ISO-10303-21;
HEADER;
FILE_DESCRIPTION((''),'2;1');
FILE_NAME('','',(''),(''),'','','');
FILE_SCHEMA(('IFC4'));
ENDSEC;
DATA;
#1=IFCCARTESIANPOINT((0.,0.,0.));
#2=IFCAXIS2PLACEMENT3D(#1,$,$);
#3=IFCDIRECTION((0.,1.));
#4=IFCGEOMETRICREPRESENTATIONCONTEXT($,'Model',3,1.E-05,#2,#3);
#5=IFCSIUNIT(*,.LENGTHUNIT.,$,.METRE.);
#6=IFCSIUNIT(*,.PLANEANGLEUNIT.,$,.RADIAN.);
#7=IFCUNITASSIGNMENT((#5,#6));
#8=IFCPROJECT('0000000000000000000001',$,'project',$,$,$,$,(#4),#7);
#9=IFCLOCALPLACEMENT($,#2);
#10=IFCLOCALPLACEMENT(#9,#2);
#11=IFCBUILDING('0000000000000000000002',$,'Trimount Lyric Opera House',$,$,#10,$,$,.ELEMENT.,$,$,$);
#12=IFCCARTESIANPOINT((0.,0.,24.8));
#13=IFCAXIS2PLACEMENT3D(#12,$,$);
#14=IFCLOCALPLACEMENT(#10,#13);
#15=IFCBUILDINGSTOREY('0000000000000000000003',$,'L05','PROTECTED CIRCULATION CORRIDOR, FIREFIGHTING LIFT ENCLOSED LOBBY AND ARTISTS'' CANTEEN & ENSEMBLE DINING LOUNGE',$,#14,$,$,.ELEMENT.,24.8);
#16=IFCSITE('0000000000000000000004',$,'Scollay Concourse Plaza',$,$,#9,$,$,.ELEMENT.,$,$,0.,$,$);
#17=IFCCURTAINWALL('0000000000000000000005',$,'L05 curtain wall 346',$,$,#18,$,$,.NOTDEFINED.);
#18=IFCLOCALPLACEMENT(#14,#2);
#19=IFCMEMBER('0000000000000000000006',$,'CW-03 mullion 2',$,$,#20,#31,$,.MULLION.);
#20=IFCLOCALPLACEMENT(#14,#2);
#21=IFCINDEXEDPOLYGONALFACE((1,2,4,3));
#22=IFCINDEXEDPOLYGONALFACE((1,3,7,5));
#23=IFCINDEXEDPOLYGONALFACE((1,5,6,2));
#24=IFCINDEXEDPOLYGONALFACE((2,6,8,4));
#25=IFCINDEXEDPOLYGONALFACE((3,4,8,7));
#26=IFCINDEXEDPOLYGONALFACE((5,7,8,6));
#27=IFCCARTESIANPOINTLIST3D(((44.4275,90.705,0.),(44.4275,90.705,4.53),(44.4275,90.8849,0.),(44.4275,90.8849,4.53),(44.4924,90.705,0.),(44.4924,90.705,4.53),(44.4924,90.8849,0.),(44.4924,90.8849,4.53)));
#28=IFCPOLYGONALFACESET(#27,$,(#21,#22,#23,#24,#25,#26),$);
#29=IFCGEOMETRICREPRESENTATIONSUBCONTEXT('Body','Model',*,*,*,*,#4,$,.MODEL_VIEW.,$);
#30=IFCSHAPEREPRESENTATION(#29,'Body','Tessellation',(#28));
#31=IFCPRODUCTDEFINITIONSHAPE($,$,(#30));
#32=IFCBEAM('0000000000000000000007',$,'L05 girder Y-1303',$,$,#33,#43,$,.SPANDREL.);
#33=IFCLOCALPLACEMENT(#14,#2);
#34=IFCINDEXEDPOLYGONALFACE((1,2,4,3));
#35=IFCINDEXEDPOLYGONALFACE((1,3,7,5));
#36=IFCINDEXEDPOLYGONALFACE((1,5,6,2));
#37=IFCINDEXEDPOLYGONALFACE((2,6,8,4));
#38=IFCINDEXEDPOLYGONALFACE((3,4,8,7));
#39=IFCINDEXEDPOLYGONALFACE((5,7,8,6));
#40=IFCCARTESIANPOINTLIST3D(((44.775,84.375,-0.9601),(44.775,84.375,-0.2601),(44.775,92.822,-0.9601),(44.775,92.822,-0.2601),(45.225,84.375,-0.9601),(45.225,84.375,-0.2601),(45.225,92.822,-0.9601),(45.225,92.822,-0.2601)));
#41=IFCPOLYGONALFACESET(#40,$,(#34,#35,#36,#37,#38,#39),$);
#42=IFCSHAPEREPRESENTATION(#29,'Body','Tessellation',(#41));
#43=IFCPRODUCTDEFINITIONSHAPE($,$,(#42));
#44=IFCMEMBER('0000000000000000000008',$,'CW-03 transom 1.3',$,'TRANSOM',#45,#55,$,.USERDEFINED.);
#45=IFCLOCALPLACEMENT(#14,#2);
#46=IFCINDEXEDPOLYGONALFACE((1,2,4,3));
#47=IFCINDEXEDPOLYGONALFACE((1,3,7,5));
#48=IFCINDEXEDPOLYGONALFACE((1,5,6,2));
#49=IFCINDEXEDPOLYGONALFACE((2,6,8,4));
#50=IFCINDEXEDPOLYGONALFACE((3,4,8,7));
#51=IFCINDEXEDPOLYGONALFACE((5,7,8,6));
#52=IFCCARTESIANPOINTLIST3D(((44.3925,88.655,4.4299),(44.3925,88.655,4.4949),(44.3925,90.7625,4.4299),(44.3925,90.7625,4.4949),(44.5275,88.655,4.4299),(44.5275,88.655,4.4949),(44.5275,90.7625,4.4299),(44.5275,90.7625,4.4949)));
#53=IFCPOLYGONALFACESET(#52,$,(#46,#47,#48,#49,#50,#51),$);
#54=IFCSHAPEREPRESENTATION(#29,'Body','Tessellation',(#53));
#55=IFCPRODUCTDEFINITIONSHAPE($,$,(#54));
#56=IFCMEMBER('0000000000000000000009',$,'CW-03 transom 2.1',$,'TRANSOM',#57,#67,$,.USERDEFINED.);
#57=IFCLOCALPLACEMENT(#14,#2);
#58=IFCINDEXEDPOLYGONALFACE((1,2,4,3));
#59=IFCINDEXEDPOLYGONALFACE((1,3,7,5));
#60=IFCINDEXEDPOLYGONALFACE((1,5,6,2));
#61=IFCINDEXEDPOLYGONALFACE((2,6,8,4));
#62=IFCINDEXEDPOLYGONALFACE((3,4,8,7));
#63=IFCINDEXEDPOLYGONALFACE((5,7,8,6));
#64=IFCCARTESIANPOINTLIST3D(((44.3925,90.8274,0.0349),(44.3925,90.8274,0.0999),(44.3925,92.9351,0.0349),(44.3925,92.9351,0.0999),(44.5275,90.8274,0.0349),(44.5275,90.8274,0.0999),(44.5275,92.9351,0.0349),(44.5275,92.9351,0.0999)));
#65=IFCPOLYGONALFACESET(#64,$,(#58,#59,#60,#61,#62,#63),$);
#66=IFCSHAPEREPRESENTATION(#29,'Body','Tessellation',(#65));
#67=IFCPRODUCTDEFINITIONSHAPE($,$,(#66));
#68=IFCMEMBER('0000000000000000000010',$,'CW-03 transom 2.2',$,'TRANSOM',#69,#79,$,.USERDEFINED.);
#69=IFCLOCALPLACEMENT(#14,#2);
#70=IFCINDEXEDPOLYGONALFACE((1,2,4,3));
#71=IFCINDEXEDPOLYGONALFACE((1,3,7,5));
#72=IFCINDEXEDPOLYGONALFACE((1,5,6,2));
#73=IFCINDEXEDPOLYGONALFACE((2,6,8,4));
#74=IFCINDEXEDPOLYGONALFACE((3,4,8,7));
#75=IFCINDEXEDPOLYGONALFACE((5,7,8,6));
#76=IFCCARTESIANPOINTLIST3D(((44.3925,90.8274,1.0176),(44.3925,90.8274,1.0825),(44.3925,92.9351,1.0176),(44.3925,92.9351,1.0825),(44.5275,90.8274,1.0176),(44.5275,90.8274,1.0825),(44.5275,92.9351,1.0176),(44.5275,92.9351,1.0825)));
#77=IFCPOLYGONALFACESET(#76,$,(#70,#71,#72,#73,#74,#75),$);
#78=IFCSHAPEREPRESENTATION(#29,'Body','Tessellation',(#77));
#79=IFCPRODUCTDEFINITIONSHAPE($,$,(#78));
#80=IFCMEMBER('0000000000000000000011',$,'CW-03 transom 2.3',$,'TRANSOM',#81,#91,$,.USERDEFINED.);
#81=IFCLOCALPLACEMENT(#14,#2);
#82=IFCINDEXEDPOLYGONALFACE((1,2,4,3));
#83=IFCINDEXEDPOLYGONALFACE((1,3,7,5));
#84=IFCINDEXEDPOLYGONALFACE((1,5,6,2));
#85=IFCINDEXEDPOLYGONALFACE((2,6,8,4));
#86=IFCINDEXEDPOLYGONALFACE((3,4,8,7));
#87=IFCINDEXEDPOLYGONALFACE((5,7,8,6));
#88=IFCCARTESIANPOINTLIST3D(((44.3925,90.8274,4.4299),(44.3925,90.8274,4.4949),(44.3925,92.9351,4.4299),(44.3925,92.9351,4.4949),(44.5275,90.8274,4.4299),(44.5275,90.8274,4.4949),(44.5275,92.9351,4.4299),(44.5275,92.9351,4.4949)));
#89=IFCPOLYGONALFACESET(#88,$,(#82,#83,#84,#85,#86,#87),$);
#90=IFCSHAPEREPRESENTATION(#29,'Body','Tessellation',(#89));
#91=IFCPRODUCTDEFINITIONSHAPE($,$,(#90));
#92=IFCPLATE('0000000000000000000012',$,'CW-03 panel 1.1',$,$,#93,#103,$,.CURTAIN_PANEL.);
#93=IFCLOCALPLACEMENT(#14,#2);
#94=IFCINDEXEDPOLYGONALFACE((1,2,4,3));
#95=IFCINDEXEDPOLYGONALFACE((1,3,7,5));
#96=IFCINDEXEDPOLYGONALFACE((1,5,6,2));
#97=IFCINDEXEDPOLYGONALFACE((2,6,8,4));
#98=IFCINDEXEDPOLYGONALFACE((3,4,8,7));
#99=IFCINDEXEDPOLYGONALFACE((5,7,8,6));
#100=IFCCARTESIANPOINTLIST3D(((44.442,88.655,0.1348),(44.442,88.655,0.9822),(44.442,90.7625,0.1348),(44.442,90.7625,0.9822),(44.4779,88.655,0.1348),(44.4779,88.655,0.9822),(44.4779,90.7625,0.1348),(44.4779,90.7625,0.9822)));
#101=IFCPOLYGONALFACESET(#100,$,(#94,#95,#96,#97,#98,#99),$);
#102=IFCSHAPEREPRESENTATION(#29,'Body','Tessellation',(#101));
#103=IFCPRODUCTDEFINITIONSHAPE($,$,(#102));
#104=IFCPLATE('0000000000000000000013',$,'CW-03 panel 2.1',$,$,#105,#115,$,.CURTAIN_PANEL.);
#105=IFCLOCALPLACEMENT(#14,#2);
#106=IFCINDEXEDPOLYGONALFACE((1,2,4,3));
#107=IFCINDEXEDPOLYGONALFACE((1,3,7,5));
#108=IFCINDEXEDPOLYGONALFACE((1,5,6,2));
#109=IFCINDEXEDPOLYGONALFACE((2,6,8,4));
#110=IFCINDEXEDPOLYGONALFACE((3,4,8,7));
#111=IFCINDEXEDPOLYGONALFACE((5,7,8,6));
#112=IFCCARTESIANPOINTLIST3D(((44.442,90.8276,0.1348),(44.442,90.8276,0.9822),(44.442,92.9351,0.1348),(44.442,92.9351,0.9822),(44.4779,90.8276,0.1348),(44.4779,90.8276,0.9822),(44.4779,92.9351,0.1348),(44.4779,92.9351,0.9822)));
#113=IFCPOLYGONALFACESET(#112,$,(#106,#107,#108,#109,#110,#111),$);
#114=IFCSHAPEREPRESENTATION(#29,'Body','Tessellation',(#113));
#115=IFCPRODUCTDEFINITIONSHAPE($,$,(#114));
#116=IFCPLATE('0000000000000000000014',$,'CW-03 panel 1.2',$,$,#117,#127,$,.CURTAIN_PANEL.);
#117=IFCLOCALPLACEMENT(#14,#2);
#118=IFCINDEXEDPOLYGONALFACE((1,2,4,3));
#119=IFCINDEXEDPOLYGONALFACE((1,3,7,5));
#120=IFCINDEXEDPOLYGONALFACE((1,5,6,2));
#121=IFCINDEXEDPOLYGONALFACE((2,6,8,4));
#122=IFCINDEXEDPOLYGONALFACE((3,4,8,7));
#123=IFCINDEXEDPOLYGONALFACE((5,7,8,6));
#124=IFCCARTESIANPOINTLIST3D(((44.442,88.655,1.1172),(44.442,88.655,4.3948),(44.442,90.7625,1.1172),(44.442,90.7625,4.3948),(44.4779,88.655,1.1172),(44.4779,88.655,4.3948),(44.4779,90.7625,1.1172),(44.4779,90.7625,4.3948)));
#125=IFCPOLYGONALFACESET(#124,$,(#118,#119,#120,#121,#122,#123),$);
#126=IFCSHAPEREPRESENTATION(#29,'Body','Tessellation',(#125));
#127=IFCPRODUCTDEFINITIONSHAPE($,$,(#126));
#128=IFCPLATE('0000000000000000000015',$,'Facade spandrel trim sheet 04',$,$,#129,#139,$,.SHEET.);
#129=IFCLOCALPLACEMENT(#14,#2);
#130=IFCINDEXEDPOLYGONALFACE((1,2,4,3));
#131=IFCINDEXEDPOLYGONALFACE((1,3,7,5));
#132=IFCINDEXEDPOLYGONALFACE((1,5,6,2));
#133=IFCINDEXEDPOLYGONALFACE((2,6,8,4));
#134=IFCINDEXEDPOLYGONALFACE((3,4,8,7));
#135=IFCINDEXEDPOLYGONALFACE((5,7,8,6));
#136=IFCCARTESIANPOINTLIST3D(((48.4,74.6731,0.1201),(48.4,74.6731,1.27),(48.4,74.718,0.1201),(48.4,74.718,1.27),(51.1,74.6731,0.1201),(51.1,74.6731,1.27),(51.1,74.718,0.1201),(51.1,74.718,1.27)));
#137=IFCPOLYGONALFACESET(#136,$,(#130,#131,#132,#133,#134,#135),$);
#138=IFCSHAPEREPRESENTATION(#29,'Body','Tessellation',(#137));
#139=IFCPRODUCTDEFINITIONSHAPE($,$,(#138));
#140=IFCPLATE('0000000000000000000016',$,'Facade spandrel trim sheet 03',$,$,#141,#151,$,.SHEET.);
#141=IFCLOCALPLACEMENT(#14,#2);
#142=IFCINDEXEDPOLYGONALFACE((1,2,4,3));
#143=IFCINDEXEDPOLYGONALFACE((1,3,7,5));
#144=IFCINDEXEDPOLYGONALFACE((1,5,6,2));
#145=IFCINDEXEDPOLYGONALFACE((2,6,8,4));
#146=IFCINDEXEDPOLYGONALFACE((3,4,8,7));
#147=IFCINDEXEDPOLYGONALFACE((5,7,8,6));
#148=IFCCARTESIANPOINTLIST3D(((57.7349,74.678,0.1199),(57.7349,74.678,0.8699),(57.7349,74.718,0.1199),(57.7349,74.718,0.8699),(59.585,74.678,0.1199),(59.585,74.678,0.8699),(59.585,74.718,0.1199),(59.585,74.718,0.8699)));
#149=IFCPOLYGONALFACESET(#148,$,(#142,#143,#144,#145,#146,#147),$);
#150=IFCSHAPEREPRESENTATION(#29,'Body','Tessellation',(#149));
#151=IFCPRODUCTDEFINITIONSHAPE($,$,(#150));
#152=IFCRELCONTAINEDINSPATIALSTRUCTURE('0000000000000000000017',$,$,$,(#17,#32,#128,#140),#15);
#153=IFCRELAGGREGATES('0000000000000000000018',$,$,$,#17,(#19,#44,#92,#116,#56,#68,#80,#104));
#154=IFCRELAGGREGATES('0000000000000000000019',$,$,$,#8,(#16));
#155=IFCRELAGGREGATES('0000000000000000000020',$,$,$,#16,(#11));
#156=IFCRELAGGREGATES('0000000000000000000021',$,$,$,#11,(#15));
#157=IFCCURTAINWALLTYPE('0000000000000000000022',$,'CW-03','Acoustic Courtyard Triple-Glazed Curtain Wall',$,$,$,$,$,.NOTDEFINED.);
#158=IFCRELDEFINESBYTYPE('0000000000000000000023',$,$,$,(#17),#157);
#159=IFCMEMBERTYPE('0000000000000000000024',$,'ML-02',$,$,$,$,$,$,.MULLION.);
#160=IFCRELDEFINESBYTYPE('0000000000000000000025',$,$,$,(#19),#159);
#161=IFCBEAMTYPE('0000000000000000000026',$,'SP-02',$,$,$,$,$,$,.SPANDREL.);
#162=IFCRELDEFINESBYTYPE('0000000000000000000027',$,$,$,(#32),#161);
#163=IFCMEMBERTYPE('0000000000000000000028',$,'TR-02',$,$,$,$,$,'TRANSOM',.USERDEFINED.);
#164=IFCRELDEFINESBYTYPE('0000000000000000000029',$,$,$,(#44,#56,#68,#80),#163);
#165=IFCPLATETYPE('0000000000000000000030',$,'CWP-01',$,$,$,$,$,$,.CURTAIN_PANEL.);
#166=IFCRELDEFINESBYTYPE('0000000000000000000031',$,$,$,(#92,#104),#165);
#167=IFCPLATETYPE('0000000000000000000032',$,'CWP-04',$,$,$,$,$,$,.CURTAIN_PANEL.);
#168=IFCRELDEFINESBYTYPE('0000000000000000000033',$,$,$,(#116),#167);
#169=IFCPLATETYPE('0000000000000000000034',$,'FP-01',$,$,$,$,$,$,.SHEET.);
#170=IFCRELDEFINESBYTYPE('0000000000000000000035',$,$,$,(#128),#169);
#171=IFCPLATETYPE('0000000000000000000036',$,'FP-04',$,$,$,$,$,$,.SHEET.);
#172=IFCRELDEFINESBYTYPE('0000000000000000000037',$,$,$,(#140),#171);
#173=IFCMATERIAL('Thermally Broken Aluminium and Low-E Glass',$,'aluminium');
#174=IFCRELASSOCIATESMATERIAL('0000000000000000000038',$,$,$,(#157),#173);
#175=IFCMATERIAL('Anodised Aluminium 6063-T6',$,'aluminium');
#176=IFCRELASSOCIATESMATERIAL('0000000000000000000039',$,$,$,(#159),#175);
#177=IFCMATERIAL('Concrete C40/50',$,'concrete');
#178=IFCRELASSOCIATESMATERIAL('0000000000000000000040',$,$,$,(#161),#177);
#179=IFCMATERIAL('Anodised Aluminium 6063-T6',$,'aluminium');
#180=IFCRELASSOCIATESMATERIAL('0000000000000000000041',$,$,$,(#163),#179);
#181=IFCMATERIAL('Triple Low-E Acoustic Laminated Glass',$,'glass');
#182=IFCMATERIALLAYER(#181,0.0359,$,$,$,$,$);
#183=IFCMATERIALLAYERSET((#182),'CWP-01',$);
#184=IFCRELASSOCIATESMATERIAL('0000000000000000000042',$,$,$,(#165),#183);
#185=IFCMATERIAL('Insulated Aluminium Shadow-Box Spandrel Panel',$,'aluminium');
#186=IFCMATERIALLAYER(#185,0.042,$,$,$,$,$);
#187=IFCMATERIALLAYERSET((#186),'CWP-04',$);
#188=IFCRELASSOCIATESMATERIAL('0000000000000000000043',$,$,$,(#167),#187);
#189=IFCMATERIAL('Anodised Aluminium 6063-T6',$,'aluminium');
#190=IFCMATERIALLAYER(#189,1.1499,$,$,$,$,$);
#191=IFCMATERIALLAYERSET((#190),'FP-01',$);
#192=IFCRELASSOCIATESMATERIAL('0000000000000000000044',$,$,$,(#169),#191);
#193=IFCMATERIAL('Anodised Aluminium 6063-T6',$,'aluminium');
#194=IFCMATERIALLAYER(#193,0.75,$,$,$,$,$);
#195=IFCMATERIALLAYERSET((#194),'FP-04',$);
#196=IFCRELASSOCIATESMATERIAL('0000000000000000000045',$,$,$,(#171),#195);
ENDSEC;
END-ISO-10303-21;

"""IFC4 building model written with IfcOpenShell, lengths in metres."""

from ifc_helpers import new_model, si_unit, direction, frame, origin, origin_2d, place, context, subcontext, project, spatial, rectangle, extrude, material, layer, layer_set, material_profile, profile_set, type_object, element, aggregate, save


model = new_model("IFC4")

# Units and contexts
model_context = context("Model", 3, precision=1e-05, world=origin(), true_north=direction((0.0, 1.0)))
body_context = subcontext(model_context, "Body", "Model", "MODEL_VIEW")
ifc_project = project(units=[si_unit("LENGTHUNIT", "METRE"), si_unit("PLANEANGLEUNIT", "RADIAN")], contexts=[model_context])

# Site, building, storey
site_placement = place(None, origin())
site = spatial("IfcSite", under=ifc_project, at=site_placement, Name="Scollay Concourse Plaza", CompositionType="ELEMENT", RefElevation=0.0)
building_placement = place(site_placement, origin())
building = spatial("IfcBuilding", under=site, at=building_placement, Name="Trimount Lyric Opera House", CompositionType="ELEMENT")
storey_placement = place(building_placement, frame((0.0, 0.0, 24.8)))
storey = spatial("IfcBuildingStorey", under=building, at=storey_placement, Name="L05", Description="PROTECTED CIRCULATION CORRIDOR, FIREFIGHTING LIFT ENCLOSED LOBBY AND ARTISTS' CANTEEN & ENSEMBLE DINING LOUNGE", CompositionType="ELEMENT", Elevation=24.8)

# Curtain wall, member
ifc_material_1 = material(Name="Thermally Broken Aluminium and Low-E Glass", Category="aluminium")
curtain_wall_type = type_object("IfcCurtainWallType", Name="CW-03", Description="Acoustic Courtyard Triple-Glazed Curtain Wall", PredefinedType="NOTDEFINED", material=ifc_material_1)
curtain_wall_placement = place(storey_placement, origin())
curtain_wall = element("IfcCurtainWall", 1, at=curtain_wall_placement, inside=storey, type_object=curtain_wall_type, Name="L05 curtain wall 346", PredefinedType="NOTDEFINED")
ifc_material_2 = material(Name="Anodised Aluminium 6063-T6", Category="aluminium")
ifc_material_profile_1 = material_profile(ifc_material_2, rectangle(XDim=0.0649, YDim=0.1799, at=origin_2d()), Name="ALU-MULL-65X180")
ifc_profile_set_1 = profile_set([ifc_material_profile_1], Name="Anodised Aluminium 6063-T6")
member_type_1 = type_object("IfcMemberType", Name="ML-02", PredefinedType="MULLION", material=ifc_profile_set_1)
member_1_placement = place(storey_placement, frame((44.46, 90.7949, 0.0), z_axis=(0.0, 0.0, 1.0), x_axis=(-1.0, 0.0, 0.0)))
member_1 = element("IfcMember", 2, at=member_1_placement, type_object=member_type_1, Name="CW-03 mullion 2", PredefinedType="MULLION", context=body_context, shape_type="SweptSolid", body=[
    extrude(rectangle(XDim=0.0649, YDim=0.1799, at=origin_2d()), origin(), (0.0, 0.0, 1.0), 4.53),
])

# Beam
ifc_material_3 = material(Name="Concrete C40/50", Category="concrete")
ifc_material_profile_2 = material_profile(ifc_material_3, rectangle(XDim=0.45, YDim=0.7, at=origin_2d()), Name="RC450X700")
ifc_profile_set_2 = profile_set([ifc_material_profile_2], Name="Concrete C40/50")
beam_type_1 = type_object("IfcBeamType", Name="SP-02", PredefinedType="SPANDREL", material=ifc_profile_set_2)
beam_1_placement = place(storey_placement, frame((45.0, 84.375, -0.6101), z_axis=(0.0, 1.0, 0.0), x_axis=(-1.0, 0.0, 0.0)))
element("IfcBeam", 3, at=beam_1_placement, inside=storey, type_object=beam_type_1, Name="L05 girder Y-1303", PredefinedType="SPANDREL", context=body_context, shape_type="SweptSolid", body=[
    extrude(rectangle(XDim=0.45, YDim=0.7, at=origin_2d()), origin(), (0.0, 0.0, 1.0), 8.447),
])

# Members
ifc_material_4 = material(Name="Anodised Aluminium 6063-T6", Category="aluminium")
ifc_material_profile_3 = material_profile(ifc_material_4, rectangle(XDim=0.135, YDim=0.0649, at=origin_2d()), Name="ALU-TRAN-65X135")
ifc_profile_set_3 = profile_set([ifc_material_profile_3], Name="Anodised Aluminium 6063-T6")
member_type_2 = type_object("IfcMemberType", Name="TR-02", ElementType="TRANSOM", PredefinedType="USERDEFINED", material=ifc_profile_set_3)
member_2_placement = place(storey_placement, frame((44.46, 88.655, 4.4624), z_axis=(0.0, 1.0, 0.0), x_axis=(-1.0, 0.0, 0.0)))
member_2 = element("IfcMember", 4, at=member_2_placement, type_object=member_type_2, Name="CW-03 transom 1.3", ObjectType="TRANSOM", PredefinedType="USERDEFINED", context=body_context, shape_type="SweptSolid", body=[
    extrude(rectangle(XDim=0.135, YDim=0.0649, at=origin_2d()), origin(), (0.0, 0.0, 1.0), 2.1074),
])
member_3_placement = place(storey_placement, frame((44.46, 90.8274, 0.0674), z_axis=(0.0, 1.0, 0.0), x_axis=(-1.0, 0.0, 0.0)))
member_3 = element("IfcMember", 5, at=member_3_placement, type_object=member_type_2, Name="CW-03 transom 2.1", ObjectType="TRANSOM", PredefinedType="USERDEFINED", context=body_context, shape_type="SweptSolid", body=[
    extrude(rectangle(XDim=0.135, YDim=0.0649, at=origin_2d()), origin(), (0.0, 0.0, 1.0), 2.1077),
])
member_4_placement = place(storey_placement, frame((44.46, 90.8274, 1.05), z_axis=(0.0, 1.0, 0.0), x_axis=(-1.0, 0.0, 0.0)))
member_4 = element("IfcMember", 6, at=member_4_placement, type_object=member_type_2, Name="CW-03 transom 2.2", ObjectType="TRANSOM", PredefinedType="USERDEFINED", context=body_context, shape_type="SweptSolid", body=[
    extrude(rectangle(XDim=0.135, YDim=0.0649, at=origin_2d()), origin(), (0.0, 0.0, 1.0), 2.1077),
])
member_5_placement = place(storey_placement, frame((44.46, 90.8274, 4.4624), z_axis=(0.0, 1.0, 0.0), x_axis=(-1.0, 0.0, 0.0)))
member_5 = element("IfcMember", 7, at=member_5_placement, type_object=member_type_2, Name="CW-03 transom 2.3", ObjectType="TRANSOM", PredefinedType="USERDEFINED", context=body_context, shape_type="SweptSolid", body=[
    extrude(rectangle(XDim=0.135, YDim=0.0649, at=origin_2d()), origin(), (0.0, 0.0, 1.0), 2.1077),
])

# Plates
ifc_material_5 = material(Name="Triple Low-E Acoustic Laminated Glass", Category="glass")
ifc_layer_1 = layer(ifc_material_5, 0.0359)
ifc_layer_set_1 = layer_set([ifc_layer_1], Name="CWP-01")
plate_type_1 = type_object("IfcPlateType", Name="CWP-01", PredefinedType="CURTAIN_PANEL", material=ifc_layer_set_1)
plate_1_placement = place(storey_placement, frame((44.46, 89.7087, 0.1348), z_axis=(0.0, 0.0, 1.0), x_axis=(0.0, 1.0, 0.0)))
plate_1 = element("IfcPlate", 8, at=plate_1_placement, type_object=plate_type_1, Name="CW-03 panel 1.1", PredefinedType="CURTAIN_PANEL", context=body_context, shape_type="SweptSolid", body=[
    extrude(rectangle(XDim=2.1074, YDim=0.0359, at=origin_2d()), origin(), (0.0, 0.0, 1.0), 0.8474),
])
plate_2_placement = place(storey_placement, frame((44.46, 91.8813, 0.1348), z_axis=(0.0, 0.0, 1.0), x_axis=(0.0, 1.0, 0.0)))
plate_2 = element("IfcPlate", 9, at=plate_2_placement, type_object=plate_type_1, Name="CW-03 panel 2.1", PredefinedType="CURTAIN_PANEL", context=body_context, shape_type="SweptSolid", body=[
    extrude(rectangle(XDim=2.1074, YDim=0.0359, at=origin_2d()), origin(), (0.0, 0.0, 1.0), 0.8474),
])
ifc_material_6 = material(Name="Insulated Aluminium Shadow-Box Spandrel Panel", Category="aluminium")
ifc_layer_2 = layer(ifc_material_6, 0.042)
ifc_layer_set_2 = layer_set([ifc_layer_2], Name="CWP-04")
plate_type_2 = type_object("IfcPlateType", Name="CWP-04", PredefinedType="CURTAIN_PANEL", material=ifc_layer_set_2)
plate_3_placement = place(storey_placement, frame((44.46, 89.7087, 1.1172), z_axis=(0.0, 0.0, 1.0), x_axis=(0.0, 1.0, 0.0)))
plate_3 = element("IfcPlate", 10, at=plate_3_placement, type_object=plate_type_2, Name="CW-03 panel 1.2", PredefinedType="CURTAIN_PANEL", context=body_context, shape_type="SweptSolid", body=[
    extrude(rectangle(XDim=2.1074, YDim=0.0359, at=origin_2d()), origin(), (0.0, 0.0, 1.0), 3.2776),
])
aggregate(curtain_wall, [member_1, member_2, plate_1, plate_3, member_3, member_4, member_5, plate_2])

# Plates
ifc_material_7 = material(Name="Anodised Aluminium 6063-T6", Category="aluminium")
ifc_layer_3 = layer(ifc_material_7, 1.1499)
ifc_layer_set_3 = layer_set([ifc_layer_3], Name="FP-01")
plate_type_3 = type_object("IfcPlateType", Name="FP-01", PredefinedType="SHEET", material=ifc_layer_set_3)
plate_4_placement = place(storey_placement, frame((49.75, 74.6956, 0.1201), z_axis=(0.0, 0.0, 1.0), x_axis=(1.0, 0.0, 0.0)))
element("IfcPlate", 11, at=plate_4_placement, inside=storey, type_object=plate_type_3, Name="Facade spandrel trim sheet 04", PredefinedType="SHEET", context=body_context, shape_type="SweptSolid", body=[
    extrude(rectangle(XDim=2.7, YDim=0.0449, at=origin_2d()), origin(), (0.0, 0.0, 1.0), 1.1499),
])
ifc_material_8 = material(Name="Anodised Aluminium 6063-T6", Category="aluminium")
ifc_layer_4 = layer(ifc_material_8, 0.75)
ifc_layer_set_4 = layer_set([ifc_layer_4], Name="FP-04")
plate_type_4 = type_object("IfcPlateType", Name="FP-04", PredefinedType="SHEET", material=ifc_layer_set_4)
plate_5_placement = place(storey_placement, frame((58.6599, 74.698, 0.1199), z_axis=(0.0, 0.0, 1.0), x_axis=(1.0, 0.0, 0.0)))
element("IfcPlate", 12, at=plate_5_placement, inside=storey, type_object=plate_type_4, Name="Facade spandrel trim sheet 03", PredefinedType="SHEET", context=body_context, shape_type="SweptSolid", body=[
    extrude(rectangle(XDim=1.8501, YDim=0.04, at=origin_2d()), origin(), (0.0, 0.0, 1.0), 0.75),
])

save(model, "model.ifc")
